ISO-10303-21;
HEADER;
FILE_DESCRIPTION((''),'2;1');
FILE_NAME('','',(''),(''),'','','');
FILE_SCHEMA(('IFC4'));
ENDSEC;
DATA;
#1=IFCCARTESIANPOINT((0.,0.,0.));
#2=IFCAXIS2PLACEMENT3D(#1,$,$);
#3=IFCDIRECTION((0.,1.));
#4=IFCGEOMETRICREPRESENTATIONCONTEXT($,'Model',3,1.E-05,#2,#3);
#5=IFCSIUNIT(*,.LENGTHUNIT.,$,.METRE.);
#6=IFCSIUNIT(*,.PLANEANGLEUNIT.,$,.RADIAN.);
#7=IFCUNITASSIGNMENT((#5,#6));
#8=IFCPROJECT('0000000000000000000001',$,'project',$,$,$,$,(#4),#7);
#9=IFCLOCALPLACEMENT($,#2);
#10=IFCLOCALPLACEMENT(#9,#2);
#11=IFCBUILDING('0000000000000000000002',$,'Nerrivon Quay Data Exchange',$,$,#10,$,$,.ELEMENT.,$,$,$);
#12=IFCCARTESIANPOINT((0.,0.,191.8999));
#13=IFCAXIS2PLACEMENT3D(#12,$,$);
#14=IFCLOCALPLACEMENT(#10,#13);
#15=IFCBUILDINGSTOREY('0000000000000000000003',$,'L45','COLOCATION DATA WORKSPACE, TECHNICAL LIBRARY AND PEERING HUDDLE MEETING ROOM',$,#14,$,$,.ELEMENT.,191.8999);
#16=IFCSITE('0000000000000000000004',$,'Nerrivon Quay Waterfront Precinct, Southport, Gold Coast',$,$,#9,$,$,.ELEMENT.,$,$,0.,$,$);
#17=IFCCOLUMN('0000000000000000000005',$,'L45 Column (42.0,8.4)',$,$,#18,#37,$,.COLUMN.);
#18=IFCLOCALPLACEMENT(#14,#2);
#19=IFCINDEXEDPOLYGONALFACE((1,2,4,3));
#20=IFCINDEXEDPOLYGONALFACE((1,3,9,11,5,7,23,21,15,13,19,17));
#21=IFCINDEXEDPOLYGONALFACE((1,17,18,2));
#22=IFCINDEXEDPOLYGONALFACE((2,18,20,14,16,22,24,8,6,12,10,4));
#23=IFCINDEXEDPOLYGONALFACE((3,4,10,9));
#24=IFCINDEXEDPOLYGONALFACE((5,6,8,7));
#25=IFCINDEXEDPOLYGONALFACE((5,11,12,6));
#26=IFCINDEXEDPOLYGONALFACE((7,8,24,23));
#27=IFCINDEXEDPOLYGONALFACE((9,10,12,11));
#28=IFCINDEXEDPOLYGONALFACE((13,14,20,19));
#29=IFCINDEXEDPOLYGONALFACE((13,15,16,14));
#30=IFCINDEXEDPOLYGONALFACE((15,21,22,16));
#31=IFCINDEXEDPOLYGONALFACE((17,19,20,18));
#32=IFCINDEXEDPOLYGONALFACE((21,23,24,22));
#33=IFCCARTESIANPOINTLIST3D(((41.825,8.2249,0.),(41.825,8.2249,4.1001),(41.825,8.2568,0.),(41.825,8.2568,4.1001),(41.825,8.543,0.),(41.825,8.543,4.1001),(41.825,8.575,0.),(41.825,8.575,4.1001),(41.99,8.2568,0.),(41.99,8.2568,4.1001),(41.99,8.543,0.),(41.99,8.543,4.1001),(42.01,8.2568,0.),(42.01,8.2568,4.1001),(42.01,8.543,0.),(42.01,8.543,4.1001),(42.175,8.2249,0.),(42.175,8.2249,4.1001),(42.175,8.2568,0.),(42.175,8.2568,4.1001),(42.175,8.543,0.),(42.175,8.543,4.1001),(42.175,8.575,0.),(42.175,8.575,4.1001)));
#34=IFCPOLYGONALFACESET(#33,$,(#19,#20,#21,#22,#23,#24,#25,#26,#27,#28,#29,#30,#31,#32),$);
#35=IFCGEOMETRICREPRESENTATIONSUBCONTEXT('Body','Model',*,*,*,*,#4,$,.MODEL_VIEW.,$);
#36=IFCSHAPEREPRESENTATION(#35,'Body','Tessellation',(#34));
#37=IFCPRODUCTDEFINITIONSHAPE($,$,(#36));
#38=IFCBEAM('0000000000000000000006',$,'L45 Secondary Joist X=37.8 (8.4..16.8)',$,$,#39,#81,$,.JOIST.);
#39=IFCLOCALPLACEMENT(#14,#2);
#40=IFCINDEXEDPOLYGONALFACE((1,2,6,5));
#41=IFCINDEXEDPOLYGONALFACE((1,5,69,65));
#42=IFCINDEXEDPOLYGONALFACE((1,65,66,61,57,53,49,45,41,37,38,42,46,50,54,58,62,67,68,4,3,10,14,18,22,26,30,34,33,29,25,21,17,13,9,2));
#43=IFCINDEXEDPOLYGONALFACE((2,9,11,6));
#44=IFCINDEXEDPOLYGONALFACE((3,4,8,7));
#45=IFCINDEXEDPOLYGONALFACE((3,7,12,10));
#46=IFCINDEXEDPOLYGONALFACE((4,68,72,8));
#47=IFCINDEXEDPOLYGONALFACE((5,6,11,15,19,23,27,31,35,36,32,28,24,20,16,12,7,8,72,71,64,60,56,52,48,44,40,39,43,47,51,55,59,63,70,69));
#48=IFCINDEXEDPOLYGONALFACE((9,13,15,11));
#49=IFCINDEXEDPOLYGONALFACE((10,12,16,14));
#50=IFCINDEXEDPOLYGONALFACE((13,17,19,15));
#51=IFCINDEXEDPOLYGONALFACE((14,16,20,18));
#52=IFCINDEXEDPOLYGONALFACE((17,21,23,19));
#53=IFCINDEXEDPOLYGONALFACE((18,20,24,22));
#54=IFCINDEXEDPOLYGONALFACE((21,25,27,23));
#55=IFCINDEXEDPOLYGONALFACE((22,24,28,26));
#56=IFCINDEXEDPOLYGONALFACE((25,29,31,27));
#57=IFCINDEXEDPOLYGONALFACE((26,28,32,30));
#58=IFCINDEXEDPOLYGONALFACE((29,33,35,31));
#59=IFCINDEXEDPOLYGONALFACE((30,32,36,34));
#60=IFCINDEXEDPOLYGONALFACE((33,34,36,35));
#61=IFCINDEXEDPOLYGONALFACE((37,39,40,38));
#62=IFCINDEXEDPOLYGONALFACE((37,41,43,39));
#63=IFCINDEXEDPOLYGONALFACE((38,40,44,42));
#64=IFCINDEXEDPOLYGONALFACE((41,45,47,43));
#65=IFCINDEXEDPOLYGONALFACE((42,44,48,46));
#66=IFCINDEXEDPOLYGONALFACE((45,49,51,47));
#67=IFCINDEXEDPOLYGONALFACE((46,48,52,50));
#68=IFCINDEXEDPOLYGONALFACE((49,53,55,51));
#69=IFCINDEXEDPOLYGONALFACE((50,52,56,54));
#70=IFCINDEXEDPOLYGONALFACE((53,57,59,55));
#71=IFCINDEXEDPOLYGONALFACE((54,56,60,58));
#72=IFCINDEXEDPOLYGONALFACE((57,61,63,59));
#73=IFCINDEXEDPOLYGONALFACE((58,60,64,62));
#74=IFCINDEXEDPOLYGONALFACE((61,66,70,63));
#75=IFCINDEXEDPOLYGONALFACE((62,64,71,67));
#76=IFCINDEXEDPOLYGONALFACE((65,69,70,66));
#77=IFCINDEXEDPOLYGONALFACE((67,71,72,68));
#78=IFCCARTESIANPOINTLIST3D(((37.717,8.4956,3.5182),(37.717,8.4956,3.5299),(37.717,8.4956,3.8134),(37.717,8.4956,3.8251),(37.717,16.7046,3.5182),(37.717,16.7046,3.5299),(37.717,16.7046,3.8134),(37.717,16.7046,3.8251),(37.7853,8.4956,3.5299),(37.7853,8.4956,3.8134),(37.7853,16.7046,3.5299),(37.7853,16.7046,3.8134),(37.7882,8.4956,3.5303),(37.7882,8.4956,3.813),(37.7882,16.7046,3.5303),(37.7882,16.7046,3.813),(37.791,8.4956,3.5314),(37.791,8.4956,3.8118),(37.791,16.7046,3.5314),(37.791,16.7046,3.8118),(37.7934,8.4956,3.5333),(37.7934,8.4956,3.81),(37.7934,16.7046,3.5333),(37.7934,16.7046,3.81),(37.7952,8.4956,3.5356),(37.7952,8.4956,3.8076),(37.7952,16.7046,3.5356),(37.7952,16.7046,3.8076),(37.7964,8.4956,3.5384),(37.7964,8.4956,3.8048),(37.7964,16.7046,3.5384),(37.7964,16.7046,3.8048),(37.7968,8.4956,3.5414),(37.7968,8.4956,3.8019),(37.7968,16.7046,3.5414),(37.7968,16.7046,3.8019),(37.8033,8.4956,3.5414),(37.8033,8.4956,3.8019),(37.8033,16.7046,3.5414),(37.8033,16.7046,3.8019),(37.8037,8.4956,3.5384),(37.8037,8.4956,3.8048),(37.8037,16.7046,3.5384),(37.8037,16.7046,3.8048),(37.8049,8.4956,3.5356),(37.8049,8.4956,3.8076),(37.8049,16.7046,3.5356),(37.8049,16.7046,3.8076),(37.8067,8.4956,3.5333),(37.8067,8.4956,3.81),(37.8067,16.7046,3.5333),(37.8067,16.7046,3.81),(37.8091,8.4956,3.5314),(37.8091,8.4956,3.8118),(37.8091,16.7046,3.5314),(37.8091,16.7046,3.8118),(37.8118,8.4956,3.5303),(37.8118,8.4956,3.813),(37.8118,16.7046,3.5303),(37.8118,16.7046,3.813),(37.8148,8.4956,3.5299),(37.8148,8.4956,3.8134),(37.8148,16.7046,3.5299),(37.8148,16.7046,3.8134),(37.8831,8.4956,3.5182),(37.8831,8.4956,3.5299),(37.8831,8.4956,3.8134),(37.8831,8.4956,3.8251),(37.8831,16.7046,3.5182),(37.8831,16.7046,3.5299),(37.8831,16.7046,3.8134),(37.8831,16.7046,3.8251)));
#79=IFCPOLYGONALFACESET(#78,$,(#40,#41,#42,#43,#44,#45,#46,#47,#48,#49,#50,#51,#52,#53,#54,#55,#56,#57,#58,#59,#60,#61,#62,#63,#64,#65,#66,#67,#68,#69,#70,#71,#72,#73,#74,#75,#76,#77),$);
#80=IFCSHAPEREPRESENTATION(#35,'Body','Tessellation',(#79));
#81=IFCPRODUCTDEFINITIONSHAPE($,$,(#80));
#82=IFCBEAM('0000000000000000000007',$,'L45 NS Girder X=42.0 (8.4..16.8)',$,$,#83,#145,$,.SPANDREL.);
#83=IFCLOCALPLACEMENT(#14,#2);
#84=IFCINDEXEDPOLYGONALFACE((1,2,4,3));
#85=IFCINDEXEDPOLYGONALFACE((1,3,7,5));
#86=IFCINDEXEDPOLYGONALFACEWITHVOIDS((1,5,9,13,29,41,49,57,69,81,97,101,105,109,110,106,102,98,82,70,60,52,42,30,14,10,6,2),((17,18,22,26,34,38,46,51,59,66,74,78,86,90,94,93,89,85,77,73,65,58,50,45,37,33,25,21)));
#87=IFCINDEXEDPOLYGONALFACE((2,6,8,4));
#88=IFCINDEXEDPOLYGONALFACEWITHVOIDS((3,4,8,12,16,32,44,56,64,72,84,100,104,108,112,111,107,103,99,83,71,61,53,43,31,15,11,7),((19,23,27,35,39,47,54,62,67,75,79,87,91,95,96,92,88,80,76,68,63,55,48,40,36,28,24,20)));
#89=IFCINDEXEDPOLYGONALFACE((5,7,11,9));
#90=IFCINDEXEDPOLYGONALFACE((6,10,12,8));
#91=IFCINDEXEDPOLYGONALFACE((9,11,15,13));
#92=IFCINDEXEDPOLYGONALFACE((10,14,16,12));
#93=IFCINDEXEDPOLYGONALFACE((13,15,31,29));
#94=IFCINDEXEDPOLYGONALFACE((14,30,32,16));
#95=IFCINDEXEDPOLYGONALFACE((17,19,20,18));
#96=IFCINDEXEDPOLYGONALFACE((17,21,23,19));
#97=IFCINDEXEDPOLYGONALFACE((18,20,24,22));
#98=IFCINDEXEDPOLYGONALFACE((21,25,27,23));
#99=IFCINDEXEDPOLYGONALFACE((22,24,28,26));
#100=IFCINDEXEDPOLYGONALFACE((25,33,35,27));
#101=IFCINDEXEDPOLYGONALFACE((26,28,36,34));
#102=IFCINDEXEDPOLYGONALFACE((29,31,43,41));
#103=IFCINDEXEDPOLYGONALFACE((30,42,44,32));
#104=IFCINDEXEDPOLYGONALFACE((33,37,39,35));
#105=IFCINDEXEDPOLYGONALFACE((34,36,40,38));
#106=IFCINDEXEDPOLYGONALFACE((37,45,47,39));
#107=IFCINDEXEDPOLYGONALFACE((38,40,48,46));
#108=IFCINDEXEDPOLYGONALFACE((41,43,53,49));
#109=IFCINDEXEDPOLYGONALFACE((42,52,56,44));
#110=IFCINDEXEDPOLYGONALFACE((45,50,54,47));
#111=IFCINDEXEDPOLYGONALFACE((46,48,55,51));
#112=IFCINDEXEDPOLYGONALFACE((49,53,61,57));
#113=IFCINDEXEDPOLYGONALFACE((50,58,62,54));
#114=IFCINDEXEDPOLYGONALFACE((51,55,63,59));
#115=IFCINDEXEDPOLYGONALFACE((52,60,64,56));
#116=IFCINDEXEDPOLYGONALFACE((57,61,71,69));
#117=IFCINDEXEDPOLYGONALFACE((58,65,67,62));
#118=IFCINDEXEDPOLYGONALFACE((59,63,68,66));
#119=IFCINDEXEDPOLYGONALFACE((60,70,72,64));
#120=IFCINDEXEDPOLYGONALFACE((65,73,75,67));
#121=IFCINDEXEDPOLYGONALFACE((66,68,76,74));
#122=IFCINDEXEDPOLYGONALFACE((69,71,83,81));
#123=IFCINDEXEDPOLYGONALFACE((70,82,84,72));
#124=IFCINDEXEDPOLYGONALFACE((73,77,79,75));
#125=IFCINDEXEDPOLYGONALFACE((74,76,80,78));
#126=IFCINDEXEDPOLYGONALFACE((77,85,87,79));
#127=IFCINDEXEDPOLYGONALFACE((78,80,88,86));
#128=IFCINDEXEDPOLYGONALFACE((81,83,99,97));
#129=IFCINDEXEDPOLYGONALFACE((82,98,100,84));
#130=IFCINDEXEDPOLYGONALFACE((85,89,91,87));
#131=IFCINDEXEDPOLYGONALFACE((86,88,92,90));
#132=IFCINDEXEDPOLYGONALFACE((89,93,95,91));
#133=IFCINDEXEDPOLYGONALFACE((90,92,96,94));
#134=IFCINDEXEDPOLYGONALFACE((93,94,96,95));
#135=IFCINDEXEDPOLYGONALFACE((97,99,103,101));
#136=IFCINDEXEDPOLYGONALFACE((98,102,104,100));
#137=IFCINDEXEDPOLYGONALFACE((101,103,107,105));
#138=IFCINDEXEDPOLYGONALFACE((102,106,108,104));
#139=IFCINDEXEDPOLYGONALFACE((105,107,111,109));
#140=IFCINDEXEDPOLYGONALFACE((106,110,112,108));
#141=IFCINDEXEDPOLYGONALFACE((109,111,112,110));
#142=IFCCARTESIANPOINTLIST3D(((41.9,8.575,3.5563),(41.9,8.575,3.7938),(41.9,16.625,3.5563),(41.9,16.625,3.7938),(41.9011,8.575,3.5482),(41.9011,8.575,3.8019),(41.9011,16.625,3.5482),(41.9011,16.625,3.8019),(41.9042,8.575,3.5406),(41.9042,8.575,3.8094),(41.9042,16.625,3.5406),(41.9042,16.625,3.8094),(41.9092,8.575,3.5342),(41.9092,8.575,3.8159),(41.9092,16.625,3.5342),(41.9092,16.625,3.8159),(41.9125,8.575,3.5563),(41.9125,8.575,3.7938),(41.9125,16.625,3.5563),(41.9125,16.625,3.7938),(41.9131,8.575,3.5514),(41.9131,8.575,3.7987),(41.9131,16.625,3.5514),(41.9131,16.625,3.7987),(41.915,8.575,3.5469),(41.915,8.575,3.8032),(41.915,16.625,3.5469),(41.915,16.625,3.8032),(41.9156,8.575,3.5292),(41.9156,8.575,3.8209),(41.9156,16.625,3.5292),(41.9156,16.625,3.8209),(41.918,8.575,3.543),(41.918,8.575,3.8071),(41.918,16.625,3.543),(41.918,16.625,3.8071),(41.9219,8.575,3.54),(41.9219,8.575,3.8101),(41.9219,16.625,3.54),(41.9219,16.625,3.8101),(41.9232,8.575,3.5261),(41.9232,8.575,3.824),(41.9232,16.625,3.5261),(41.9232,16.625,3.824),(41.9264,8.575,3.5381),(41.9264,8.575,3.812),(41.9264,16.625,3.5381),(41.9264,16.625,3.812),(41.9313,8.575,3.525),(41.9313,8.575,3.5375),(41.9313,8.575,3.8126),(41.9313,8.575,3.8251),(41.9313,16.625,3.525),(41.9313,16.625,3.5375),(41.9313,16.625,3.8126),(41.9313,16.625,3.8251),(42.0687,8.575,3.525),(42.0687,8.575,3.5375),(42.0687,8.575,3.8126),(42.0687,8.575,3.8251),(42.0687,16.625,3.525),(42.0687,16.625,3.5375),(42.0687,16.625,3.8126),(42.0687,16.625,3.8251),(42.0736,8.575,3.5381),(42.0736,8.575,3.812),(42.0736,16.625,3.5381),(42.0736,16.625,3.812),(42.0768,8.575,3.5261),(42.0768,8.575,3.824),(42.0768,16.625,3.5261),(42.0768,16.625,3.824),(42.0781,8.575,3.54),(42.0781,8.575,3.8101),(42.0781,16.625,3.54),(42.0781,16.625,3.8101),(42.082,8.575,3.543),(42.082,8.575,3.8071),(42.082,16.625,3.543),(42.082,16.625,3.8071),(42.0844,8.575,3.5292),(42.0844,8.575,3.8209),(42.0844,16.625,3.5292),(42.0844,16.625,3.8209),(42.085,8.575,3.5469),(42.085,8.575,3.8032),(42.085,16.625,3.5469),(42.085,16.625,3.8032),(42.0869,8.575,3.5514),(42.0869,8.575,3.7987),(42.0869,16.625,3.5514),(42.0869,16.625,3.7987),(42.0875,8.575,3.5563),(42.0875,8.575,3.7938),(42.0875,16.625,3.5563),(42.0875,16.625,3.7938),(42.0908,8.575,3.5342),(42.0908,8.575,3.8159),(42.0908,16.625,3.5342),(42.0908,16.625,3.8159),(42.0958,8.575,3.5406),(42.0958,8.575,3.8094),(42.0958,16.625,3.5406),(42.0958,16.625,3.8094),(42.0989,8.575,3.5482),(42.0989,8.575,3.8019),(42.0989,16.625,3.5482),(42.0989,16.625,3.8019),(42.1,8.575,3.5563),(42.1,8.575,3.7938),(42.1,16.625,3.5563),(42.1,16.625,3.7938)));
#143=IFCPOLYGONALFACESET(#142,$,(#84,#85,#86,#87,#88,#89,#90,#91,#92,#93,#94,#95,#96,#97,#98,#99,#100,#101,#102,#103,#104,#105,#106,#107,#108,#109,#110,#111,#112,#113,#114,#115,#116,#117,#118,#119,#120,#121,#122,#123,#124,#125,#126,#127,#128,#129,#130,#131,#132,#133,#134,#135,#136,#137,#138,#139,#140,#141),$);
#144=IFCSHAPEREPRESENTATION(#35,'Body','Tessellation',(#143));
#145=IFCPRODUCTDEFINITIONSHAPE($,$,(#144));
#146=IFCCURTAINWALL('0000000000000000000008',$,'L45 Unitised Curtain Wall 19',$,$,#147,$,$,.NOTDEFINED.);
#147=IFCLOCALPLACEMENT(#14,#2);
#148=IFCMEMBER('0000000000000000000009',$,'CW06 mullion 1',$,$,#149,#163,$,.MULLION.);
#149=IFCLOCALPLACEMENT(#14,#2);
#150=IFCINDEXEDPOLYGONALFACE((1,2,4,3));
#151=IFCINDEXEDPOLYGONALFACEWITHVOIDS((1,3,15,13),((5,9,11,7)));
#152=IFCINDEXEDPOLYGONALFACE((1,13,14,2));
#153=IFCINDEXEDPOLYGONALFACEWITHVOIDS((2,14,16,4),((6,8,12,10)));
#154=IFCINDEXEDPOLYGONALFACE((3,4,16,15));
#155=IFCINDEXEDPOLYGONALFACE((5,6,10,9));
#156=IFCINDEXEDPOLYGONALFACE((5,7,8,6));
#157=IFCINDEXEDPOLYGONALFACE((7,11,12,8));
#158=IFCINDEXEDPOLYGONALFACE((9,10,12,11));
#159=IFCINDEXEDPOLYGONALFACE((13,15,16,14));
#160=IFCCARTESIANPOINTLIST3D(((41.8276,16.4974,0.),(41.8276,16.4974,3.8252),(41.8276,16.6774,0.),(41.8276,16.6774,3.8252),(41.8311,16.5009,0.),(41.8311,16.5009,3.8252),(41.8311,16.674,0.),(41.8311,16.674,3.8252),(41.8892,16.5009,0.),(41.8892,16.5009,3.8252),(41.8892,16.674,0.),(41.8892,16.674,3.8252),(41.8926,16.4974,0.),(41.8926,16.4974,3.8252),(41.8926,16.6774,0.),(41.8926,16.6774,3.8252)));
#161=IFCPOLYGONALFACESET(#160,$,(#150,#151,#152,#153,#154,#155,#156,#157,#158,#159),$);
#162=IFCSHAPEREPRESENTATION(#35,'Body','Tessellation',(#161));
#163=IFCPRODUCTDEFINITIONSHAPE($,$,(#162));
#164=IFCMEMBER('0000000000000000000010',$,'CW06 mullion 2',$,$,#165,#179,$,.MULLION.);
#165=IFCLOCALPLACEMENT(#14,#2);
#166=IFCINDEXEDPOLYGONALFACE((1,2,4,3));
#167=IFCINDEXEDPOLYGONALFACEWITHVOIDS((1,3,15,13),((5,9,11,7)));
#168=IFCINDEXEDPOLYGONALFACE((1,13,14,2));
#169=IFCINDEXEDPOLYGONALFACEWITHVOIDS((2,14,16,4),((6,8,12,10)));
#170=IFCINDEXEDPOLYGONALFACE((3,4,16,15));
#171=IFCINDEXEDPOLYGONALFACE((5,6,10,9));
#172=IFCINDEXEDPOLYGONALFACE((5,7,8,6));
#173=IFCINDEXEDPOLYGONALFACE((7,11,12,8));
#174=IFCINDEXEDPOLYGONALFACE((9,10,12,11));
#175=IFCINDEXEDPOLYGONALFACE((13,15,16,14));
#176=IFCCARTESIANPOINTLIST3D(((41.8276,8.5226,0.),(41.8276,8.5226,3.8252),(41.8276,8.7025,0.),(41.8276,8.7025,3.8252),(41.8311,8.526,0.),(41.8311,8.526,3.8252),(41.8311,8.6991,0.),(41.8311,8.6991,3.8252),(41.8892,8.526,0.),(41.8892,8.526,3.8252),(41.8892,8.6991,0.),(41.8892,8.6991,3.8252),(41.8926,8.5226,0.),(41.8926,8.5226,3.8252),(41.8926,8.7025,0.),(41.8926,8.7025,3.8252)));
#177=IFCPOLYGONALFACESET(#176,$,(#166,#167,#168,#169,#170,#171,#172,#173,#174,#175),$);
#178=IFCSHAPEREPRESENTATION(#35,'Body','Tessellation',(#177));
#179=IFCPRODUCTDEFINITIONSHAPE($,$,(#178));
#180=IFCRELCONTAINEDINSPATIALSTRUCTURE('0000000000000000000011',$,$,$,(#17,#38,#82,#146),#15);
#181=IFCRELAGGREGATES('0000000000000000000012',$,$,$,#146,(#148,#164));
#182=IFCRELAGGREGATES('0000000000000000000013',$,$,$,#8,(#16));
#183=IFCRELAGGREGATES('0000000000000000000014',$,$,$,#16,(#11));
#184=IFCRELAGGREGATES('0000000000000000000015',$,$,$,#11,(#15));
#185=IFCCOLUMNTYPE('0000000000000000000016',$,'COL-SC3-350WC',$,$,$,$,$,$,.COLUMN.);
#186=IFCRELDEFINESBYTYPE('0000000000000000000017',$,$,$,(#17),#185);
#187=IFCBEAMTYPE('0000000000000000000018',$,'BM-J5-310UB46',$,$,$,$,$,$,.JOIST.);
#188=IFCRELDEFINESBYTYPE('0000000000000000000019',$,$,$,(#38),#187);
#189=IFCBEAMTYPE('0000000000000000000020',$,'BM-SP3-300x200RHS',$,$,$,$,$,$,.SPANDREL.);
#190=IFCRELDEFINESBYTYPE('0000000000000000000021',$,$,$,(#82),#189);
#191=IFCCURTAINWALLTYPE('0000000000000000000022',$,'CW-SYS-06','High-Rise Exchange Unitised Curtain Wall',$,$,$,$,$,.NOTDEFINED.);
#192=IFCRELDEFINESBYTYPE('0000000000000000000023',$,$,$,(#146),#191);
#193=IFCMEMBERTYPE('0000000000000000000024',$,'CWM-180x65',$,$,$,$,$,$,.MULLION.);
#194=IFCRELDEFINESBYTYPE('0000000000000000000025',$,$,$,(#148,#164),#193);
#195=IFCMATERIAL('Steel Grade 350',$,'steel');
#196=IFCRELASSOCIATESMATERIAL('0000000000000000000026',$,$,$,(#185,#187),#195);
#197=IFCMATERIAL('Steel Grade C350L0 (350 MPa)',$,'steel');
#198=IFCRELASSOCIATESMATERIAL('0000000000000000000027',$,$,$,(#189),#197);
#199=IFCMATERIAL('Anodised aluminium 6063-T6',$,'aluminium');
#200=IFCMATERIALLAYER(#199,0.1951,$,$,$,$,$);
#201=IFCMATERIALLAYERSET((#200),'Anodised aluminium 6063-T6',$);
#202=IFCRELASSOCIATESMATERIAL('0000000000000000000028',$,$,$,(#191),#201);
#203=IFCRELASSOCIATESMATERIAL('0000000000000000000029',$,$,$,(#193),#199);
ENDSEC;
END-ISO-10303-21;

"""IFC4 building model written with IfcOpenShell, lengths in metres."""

from ifc_helpers import new_model, si_unit, direction, frame, origin, origin_2d, place, context, subcontext, project, spatial, hollow_rectangle, i_section, extrude, material, layer, layer_set, material_profile, profile_set, type_object, element, aggregate, save


model = new_model("IFC4")

# Units and contexts
model_context = context("Model", 3, precision=1e-05, world=origin(), true_north=direction((0.0, 1.0)))
body_context = subcontext(model_context, "Body", "Model", "MODEL_VIEW")
ifc_project = project(units=[si_unit("LENGTHUNIT", "METRE"), si_unit("PLANEANGLEUNIT", "RADIAN")], contexts=[model_context])

# Site, building, storey
site_placement = place(None, origin())
site = spatial("IfcSite", under=ifc_project, at=site_placement, Name="Nerrivon Quay Waterfront Precinct, Southport, Gold Coast", CompositionType="ELEMENT", RefElevation=0.0)
building_placement = place(site_placement, origin())
building = spatial("IfcBuilding", under=site, at=building_placement, Name="Nerrivon Quay Data Exchange", CompositionType="ELEMENT")
storey_placement = place(building_placement, frame((0.0, 0.0, 191.8999)))
storey = spatial("IfcBuildingStorey", under=building, at=storey_placement, Name="L45", Description="COLOCATION DATA WORKSPACE, TECHNICAL LIBRARY AND PEERING HUDDLE MEETING ROOM", CompositionType="ELEMENT", Elevation=191.8999)

# Column
ifc_material_1 = material(Name="Steel Grade 350", Category="steel")
ifc_material_profile_1 = material_profile(ifc_material_1, i_section(OverallWidth=0.3501, OverallDepth=0.3501, WebThickness=0.02, FlangeThickness=0.032, at=origin_2d()), Name="350WC230")
ifc_profile_set_1 = profile_set([ifc_material_profile_1], Name="Steel Grade 350")
column_type = type_object("IfcColumnType", Name="COL-SC3-350WC", PredefinedType="COLUMN", material=ifc_profile_set_1)
column_placement = place(storey_placement, frame((42.0, 8.3999, 0.0), z_axis=(0.0, 0.0, 1.0), x_axis=(1.0, 0.0, 0.0)))
element("IfcColumn", 1, at=column_placement, inside=storey, type_object=column_type, Name="L45 Column (42.0,8.4)", PredefinedType="COLUMN", context=body_context, shape_type="SweptSolid", body=[
    extrude(i_section(OverallWidth=0.3501, OverallDepth=0.3501, WebThickness=0.02, FlangeThickness=0.032, at=origin_2d()), origin(), (0.0, 0.0, 1.0), 4.1001),
])

# Beams
ifc_material_profile_2 = material_profile(ifc_material_1, i_section(OverallWidth=0.166, OverallDepth=0.3069, WebThickness=0.0066, FlangeThickness=0.0117, FilletRadius=0.0115, at=origin_2d()), Name="310UB46.2")
ifc_profile_set_2 = profile_set([ifc_material_profile_2], Name="Steel Grade 350")
beam_type_1 = type_object("IfcBeamType", Name="BM-J5-310UB46", PredefinedType="JOIST", material=ifc_profile_set_2)
beam_1_placement = place(storey_placement, frame((37.8, 8.4956, 3.6716), z_axis=(0.0, 1.0, 0.0), x_axis=(-1.0, 0.0, 0.0)))
element("IfcBeam", 2, at=beam_1_placement, inside=storey, type_object=beam_type_1, Name="L45 Secondary Joist X=37.8 (8.4..16.8)", PredefinedType="JOIST", context=body_context, shape_type="SweptSolid", body=[
    extrude(i_section(OverallWidth=0.166, OverallDepth=0.3069, WebThickness=0.0066, FlangeThickness=0.0117, FilletRadius=0.0115, at=origin_2d()), origin(), (0.0, 0.0, 1.0), 8.209),
])
ifc_material_2 = material(Name="Steel Grade C350L0 (350 MPa)", Category="steel")
ifc_material_profile_3 = material_profile(ifc_material_2, hollow_rectangle(XDim=0.2, YDim=0.3, WallThickness=0.0125, InnerFilletRadius=0.0188, OuterFilletRadius=0.0312, at=origin_2d()), Name="300x200x12.5RHS")
ifc_profile_set_3 = profile_set([ifc_material_profile_3], Name="Steel Grade C350L0 (350 MPa)")
beam_type_2 = type_object("IfcBeamType", Name="BM-SP3-300x200RHS", PredefinedType="SPANDREL", material=ifc_profile_set_3)
beam_2_placement = place(storey_placement, frame((42.0, 8.575, 3.675), z_axis=(0.0, 1.0, 0.0), x_axis=(-1.0, 0.0, 0.0)))
element("IfcBeam", 3, at=beam_2_placement, inside=storey, type_object=beam_type_2, Name="L45 NS Girder X=42.0 (8.4..16.8)", PredefinedType="SPANDREL", context=body_context, shape_type="SweptSolid", body=[
    extrude(hollow_rectangle(XDim=0.2, YDim=0.3, WallThickness=0.0125, InnerFilletRadius=0.0188, OuterFilletRadius=0.0312, at=origin_2d()), origin(), (0.0, 0.0, 1.0), 8.05),
])

# Curtain wall, members
ifc_material_3 = material(Name="Anodised aluminium 6063-T6", Category="aluminium")
ifc_layer_1 = layer(ifc_material_3, 0.1951)
ifc_layer_set_1 = layer_set([ifc_layer_1], Name="Anodised aluminium 6063-T6")
curtain_wall_type = type_object("IfcCurtainWallType", Name="CW-SYS-06", Description="High-Rise Exchange Unitised Curtain Wall", PredefinedType="NOTDEFINED", material=ifc_layer_set_1)
curtain_wall_1_placement = place(storey_placement, origin())
curtain_wall_1 = element("IfcCurtainWall", 4, at=curtain_wall_1_placement, inside=storey, type_object=curtain_wall_type, Name="L45 Unitised Curtain Wall 19", PredefinedType="NOTDEFINED")
ifc_material_profile_4 = material_profile(ifc_material_3, hollow_rectangle(XDim=0.0649, YDim=0.1799, WallThickness=0.0034, at=origin_2d()), Name="ALU-MULL-180x65")
ifc_profile_set_4 = profile_set([ifc_material_profile_4], Name="Anodised aluminium 6063-T6")
member_type_1 = type_object("IfcMemberType", Name="CWM-180x65", PredefinedType="MULLION", material=ifc_profile_set_4)
member_1_placement = place(storey_placement, frame((41.8601, 16.5874, 0.0), z_axis=(0.0, 0.0, 1.0), x_axis=(1.0, 0.0, 0.0)))
member_1 = element("IfcMember", 5, at=member_1_placement, type_object=member_type_1, Name="CW06 mullion 1", PredefinedType="MULLION", context=body_context, shape_type="SweptSolid", body=[
    extrude(hollow_rectangle(XDim=0.0649, YDim=0.1799, WallThickness=0.0034, at=origin_2d()), origin(), (0.0, 0.0, 1.0), 3.8252),
])
member_2_placement = place(storey_placement, frame((41.8601, 8.6125, 0.0), z_axis=(0.0, 0.0, 1.0), x_axis=(1.0, 0.0, 0.0)))
member_2 = element("IfcMember", 6, at=member_2_placement, type_object=member_type_1, Name="CW06 mullion 2", PredefinedType="MULLION", context=body_context, shape_type="SweptSolid", body=[
    extrude(hollow_rectangle(XDim=0.0649, YDim=0.1799, WallThickness=0.0034, at=origin_2d()), origin(), (0.0, 0.0, 1.0), 3.8252),
])

aggregate(curtain_wall_1, [member_1, member_2])

save(model, "model.ifc")
